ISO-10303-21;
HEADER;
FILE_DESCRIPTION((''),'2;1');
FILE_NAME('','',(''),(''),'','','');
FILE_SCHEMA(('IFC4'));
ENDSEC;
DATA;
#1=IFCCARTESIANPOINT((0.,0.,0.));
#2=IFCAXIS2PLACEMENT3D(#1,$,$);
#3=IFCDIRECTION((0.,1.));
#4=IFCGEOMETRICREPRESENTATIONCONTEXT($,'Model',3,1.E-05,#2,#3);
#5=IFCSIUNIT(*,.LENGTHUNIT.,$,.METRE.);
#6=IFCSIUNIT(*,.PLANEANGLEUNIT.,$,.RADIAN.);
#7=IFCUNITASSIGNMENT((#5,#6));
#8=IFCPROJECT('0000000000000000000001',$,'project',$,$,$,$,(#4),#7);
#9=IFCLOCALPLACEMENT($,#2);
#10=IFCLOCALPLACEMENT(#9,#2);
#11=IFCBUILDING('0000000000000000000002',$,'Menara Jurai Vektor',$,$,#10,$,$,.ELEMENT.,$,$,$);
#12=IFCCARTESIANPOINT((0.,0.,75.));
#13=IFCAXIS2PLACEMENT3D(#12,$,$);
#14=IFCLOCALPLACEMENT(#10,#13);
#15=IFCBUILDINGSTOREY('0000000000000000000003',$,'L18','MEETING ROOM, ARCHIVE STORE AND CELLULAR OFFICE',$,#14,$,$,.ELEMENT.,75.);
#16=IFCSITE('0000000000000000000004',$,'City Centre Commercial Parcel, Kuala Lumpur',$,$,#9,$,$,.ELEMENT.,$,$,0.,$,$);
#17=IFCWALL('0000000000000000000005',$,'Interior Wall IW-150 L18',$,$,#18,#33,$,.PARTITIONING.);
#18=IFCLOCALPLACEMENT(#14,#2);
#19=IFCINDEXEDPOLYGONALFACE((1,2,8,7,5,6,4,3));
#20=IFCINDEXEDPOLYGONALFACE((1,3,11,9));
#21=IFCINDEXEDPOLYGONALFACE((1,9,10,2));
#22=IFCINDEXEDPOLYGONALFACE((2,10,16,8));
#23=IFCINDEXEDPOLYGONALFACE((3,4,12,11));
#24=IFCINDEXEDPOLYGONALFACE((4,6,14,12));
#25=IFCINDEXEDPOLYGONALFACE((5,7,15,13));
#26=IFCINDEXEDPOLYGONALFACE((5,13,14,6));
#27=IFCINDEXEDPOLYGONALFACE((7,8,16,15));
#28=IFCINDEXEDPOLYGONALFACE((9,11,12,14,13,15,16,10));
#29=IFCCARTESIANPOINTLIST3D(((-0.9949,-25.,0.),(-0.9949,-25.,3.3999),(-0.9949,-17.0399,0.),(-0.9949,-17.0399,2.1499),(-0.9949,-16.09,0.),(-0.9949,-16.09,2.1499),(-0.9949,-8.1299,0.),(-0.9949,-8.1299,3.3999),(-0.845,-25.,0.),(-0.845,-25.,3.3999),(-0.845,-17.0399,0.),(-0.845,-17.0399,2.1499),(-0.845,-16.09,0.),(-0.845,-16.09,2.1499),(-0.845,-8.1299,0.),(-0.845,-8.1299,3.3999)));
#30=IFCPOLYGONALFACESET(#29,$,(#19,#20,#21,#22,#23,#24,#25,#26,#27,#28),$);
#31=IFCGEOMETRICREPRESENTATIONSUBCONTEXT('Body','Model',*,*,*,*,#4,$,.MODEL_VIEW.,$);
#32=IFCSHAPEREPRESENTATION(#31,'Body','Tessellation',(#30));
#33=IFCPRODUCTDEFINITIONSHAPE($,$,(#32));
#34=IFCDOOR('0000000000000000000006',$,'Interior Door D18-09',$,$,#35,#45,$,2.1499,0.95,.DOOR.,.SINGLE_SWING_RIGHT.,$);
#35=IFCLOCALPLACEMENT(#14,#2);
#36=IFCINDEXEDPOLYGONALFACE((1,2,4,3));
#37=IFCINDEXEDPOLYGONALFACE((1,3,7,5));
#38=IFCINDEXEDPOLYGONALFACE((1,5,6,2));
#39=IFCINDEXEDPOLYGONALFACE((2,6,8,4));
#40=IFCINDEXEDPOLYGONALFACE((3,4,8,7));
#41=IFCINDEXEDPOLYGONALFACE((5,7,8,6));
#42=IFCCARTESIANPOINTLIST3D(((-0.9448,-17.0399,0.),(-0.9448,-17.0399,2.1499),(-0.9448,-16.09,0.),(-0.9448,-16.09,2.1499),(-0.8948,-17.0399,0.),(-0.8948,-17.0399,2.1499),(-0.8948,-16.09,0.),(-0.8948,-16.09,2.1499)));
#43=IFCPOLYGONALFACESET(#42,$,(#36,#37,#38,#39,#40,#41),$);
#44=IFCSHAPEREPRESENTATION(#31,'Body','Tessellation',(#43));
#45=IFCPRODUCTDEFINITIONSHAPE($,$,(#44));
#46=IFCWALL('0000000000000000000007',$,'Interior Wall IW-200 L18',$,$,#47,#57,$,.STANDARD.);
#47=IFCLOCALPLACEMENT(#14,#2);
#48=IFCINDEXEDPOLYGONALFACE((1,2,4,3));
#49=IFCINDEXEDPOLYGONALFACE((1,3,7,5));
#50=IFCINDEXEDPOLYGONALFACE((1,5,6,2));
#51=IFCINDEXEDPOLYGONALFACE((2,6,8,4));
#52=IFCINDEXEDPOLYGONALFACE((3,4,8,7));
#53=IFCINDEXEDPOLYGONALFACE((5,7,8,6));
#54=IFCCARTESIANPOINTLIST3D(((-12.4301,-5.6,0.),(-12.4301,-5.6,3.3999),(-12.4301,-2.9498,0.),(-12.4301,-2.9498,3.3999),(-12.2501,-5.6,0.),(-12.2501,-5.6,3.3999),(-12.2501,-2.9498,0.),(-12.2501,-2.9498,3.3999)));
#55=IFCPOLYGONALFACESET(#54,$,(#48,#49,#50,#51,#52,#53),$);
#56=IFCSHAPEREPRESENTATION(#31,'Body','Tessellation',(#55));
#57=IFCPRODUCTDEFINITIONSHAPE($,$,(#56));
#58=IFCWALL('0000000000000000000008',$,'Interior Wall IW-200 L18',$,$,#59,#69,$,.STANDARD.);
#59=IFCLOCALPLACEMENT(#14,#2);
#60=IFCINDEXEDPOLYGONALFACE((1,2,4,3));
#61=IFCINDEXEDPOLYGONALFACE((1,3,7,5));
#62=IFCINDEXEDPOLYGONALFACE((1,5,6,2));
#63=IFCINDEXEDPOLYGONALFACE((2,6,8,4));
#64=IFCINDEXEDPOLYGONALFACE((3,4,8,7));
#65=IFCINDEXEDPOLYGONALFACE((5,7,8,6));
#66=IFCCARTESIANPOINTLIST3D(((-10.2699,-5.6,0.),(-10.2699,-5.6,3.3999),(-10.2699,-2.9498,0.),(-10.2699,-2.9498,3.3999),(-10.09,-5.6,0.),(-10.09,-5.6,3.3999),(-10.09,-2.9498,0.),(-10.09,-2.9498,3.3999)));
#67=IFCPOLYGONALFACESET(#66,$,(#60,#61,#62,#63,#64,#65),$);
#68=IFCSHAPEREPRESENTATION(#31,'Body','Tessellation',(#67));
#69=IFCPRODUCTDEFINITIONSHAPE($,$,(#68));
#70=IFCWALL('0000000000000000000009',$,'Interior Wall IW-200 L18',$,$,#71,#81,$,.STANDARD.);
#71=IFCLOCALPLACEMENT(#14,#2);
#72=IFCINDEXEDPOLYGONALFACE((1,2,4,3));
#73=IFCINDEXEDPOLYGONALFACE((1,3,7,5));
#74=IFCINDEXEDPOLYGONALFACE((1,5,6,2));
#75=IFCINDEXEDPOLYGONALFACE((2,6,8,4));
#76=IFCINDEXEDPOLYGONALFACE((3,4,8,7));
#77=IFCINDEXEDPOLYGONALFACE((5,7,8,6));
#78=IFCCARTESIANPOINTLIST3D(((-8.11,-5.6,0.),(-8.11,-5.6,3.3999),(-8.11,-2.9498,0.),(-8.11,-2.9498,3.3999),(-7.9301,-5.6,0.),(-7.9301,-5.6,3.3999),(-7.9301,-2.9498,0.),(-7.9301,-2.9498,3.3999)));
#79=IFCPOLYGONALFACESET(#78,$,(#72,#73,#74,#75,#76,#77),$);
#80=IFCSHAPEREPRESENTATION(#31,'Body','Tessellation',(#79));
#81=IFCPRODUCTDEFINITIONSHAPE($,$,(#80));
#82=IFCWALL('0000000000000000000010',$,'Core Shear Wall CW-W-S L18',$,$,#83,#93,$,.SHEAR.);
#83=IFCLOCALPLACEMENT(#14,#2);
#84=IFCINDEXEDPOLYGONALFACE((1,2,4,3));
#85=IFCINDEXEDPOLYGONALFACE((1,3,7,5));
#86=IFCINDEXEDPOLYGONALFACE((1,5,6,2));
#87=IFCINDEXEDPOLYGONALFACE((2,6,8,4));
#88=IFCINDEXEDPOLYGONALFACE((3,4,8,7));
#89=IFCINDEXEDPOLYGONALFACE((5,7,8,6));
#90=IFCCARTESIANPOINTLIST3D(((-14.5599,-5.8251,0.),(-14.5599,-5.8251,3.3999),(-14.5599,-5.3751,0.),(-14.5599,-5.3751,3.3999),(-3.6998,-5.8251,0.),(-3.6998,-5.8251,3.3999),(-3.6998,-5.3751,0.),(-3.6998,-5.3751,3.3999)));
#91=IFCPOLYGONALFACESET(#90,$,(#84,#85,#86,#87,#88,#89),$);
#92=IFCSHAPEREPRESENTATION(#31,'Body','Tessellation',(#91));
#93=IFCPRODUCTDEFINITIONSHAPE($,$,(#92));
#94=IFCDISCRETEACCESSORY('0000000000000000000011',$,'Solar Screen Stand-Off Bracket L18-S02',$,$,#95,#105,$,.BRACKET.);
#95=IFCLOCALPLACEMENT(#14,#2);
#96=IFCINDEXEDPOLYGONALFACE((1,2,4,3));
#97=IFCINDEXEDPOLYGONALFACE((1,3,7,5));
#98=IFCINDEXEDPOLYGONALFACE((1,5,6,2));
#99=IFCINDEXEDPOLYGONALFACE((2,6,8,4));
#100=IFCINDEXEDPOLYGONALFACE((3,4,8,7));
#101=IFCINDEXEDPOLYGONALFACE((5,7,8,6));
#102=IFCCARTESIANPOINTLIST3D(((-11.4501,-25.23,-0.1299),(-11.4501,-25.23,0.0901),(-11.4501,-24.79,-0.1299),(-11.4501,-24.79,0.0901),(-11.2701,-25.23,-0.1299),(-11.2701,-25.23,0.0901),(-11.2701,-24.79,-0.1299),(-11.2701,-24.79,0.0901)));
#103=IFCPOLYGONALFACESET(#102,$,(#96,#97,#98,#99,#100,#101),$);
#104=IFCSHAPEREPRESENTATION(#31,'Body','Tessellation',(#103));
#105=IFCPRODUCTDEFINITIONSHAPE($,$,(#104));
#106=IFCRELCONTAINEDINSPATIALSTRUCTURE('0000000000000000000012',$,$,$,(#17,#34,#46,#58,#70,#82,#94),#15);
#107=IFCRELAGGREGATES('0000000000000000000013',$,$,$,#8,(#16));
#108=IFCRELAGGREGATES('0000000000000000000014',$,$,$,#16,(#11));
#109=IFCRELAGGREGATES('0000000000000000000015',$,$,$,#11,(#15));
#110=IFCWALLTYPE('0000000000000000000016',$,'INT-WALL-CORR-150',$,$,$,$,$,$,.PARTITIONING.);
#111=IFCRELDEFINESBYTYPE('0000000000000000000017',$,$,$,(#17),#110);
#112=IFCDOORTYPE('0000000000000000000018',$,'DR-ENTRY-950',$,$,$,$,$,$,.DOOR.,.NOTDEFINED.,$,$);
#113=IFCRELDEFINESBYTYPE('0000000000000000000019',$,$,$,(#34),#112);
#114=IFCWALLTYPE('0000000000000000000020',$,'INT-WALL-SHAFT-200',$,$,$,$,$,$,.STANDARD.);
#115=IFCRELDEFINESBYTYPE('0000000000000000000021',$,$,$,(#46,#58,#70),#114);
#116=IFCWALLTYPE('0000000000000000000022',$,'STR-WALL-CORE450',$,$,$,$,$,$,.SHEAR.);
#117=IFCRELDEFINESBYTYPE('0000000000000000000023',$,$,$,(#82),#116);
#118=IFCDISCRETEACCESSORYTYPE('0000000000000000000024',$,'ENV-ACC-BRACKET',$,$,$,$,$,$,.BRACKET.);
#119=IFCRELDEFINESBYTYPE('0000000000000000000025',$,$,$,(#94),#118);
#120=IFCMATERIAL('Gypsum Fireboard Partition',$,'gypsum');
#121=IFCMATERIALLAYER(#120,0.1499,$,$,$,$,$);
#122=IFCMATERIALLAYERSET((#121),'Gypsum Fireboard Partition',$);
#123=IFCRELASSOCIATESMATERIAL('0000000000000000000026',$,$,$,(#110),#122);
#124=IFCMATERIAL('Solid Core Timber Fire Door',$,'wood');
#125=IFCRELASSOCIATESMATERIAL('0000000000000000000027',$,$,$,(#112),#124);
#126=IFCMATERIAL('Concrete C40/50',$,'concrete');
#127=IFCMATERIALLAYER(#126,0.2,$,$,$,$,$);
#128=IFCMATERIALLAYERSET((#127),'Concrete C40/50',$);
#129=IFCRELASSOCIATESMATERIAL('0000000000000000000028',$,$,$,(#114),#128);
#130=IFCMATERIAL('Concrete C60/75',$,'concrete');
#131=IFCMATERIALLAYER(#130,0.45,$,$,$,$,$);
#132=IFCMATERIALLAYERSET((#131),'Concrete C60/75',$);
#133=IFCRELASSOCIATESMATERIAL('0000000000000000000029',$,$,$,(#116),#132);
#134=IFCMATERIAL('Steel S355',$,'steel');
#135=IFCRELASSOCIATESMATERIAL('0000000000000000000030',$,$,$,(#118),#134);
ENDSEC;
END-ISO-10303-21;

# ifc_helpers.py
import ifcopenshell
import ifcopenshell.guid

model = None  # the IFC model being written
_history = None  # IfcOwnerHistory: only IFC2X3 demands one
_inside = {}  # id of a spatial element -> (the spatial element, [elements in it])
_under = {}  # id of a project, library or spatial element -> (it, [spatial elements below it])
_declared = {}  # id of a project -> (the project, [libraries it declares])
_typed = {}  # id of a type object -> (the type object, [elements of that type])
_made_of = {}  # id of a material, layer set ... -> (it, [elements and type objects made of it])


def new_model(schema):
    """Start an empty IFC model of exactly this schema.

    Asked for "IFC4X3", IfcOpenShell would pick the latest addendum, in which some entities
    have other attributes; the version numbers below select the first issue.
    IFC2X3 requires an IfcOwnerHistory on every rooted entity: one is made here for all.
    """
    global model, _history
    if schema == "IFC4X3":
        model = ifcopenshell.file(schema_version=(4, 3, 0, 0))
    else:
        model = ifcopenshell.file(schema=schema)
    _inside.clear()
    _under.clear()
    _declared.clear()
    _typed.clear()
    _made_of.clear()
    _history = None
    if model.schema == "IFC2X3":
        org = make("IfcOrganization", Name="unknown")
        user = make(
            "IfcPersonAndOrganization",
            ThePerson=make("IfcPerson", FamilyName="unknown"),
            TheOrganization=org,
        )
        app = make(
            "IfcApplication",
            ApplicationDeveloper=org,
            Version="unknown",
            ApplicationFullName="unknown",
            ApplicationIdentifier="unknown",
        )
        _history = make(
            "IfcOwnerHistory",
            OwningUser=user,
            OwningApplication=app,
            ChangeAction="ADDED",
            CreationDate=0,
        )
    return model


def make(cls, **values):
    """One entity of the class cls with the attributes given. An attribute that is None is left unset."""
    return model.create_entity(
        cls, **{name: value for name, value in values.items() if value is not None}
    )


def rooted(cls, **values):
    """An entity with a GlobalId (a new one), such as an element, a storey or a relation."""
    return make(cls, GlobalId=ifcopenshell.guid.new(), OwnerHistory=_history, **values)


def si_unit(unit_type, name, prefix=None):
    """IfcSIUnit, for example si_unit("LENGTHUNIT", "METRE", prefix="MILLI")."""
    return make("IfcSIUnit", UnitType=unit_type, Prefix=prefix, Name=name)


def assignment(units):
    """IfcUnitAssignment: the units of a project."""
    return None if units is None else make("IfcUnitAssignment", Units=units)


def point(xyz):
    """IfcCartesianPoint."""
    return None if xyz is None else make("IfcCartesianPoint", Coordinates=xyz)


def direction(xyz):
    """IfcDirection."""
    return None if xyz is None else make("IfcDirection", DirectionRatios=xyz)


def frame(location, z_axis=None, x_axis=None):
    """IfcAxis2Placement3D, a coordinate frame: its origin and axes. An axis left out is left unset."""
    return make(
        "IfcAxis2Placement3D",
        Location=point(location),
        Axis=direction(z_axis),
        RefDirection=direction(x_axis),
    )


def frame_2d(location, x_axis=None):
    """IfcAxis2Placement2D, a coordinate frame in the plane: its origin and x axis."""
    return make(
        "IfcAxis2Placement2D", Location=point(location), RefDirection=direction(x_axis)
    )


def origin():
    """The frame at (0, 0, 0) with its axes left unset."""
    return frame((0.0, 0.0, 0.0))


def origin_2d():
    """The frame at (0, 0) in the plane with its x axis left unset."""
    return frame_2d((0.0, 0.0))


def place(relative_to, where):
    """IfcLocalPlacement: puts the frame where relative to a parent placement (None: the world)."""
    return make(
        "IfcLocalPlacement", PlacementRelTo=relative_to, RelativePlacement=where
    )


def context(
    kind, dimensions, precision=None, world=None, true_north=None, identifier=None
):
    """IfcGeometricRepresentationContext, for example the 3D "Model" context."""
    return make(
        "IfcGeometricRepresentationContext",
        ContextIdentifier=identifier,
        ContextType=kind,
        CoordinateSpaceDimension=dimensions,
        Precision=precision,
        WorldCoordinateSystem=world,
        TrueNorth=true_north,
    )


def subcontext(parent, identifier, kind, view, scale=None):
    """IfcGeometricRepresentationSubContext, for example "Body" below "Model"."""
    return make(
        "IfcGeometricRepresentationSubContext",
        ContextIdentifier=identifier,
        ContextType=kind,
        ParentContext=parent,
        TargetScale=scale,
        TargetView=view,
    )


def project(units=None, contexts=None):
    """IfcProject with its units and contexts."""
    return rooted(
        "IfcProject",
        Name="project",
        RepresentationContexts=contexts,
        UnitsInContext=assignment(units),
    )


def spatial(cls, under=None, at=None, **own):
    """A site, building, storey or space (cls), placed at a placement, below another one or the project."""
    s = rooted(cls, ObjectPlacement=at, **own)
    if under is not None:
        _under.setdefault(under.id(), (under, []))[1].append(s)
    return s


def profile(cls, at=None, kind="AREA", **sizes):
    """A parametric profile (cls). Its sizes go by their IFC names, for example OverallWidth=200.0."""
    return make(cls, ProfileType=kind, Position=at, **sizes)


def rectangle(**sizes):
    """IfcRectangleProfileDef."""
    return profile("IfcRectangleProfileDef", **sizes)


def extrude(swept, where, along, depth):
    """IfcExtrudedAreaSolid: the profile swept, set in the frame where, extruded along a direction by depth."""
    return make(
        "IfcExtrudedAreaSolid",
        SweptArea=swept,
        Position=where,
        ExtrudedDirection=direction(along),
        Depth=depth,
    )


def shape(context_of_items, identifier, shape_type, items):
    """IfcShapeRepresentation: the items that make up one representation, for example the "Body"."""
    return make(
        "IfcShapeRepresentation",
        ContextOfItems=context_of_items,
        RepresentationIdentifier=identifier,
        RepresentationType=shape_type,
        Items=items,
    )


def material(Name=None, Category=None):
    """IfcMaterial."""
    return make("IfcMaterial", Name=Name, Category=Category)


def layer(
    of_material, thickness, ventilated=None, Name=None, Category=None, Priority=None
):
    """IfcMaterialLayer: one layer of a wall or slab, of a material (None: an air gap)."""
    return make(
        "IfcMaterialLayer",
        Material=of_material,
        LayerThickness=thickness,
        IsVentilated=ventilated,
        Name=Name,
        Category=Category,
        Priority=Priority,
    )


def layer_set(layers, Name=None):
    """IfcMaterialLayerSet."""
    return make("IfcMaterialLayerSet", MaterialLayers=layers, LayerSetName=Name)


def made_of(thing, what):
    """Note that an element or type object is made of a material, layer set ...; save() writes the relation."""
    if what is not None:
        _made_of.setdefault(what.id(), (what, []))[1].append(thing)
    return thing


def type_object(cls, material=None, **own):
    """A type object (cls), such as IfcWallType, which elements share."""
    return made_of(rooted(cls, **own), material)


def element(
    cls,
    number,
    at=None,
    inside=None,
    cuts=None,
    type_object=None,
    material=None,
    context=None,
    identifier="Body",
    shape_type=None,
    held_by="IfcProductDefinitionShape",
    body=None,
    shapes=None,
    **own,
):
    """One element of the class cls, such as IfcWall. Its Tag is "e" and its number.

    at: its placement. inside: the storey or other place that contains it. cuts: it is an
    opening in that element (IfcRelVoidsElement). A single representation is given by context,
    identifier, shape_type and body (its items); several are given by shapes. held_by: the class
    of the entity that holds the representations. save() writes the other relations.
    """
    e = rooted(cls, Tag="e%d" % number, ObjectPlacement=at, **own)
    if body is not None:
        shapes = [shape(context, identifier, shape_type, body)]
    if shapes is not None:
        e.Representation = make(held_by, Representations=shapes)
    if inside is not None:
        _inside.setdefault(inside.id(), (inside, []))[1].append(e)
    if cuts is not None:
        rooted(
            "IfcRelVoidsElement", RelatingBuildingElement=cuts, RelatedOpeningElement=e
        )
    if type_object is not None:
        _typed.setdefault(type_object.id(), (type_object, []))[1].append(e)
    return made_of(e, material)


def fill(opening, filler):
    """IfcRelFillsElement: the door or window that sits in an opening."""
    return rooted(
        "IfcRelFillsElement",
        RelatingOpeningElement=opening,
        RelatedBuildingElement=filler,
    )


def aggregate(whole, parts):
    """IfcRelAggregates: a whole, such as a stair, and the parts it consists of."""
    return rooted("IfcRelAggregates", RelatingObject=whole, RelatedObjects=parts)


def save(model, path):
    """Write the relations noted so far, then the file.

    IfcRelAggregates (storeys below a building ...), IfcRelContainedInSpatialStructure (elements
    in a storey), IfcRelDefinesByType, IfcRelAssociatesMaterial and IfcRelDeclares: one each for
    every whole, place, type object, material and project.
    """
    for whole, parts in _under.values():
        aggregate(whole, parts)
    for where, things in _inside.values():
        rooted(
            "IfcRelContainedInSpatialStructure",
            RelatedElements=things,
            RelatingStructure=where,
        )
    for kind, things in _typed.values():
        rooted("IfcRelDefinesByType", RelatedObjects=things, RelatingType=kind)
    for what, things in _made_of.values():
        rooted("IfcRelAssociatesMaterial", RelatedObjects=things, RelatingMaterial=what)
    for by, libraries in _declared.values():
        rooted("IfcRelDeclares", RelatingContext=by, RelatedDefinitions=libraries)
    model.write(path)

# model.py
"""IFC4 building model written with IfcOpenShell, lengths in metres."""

from ifc_helpers import new_model, si_unit, direction, frame, frame_2d, origin, origin_2d, place, context, subcontext, project, spatial, rectangle, extrude, material, layer, layer_set, type_object, element, fill, save


model = new_model("IFC4")

# Units and contexts
model_context = context("Model", 3, precision=1e-05, world=origin(), true_north=direction((0.0, 1.0)))
body_context = subcontext(model_context, "Body", "Model", "MODEL_VIEW")
ifc_project = project(units=[si_unit("LENGTHUNIT", "METRE"), si_unit("PLANEANGLEUNIT", "RADIAN")], contexts=[model_context])

# Site, building, storey
site_placement = place(None, origin())
site = spatial("IfcSite", under=ifc_project, at=site_placement, Name="City Centre Commercial Parcel, Kuala Lumpur", CompositionType="ELEMENT", RefElevation=0.0)
building_placement = place(site_placement, origin())
building = spatial("IfcBuilding", under=site, at=building_placement, Name="Menara Jurai Vektor", CompositionType="ELEMENT")
storey_placement = place(building_placement, frame((0.0, 0.0, 75.0)))
storey = spatial("IfcBuildingStorey", under=building, at=storey_placement, Name="L18", Description="MEETING ROOM, ARCHIVE STORE AND CELLULAR OFFICE", CompositionType="ELEMENT", Elevation=75.0)

# Shared definitions
ifc_material_1 = material(Name="Concrete C60/75", Category="concrete")

# Shared definitions
ifc_material_2 = material(Name="Steel S355", Category="steel")

# Shared definitions
ifc_material_3 = material(Name="Gypsum Fireboard Partition", Category="gypsum")
ifc_layer_1 = layer(ifc_material_3, 0.1499)
ifc_layer_set_1 = layer_set([ifc_layer_1], Name="Gypsum Fireboard Partition")
wall_type_1 = type_object("IfcWallType", Name="INT-WALL-CORR-150", PredefinedType="PARTITIONING", material=ifc_layer_set_1)

# Wall, opening, door
wall_1_placement = place(storey_placement, frame((-0.9199, -25.0, 0.0), z_axis=(0.0, 0.0, 1.0), x_axis=(0.0, 1.0, 0.0)))
wall_1 = element("IfcWall", 1, at=wall_1_placement, inside=storey, type_object=wall_type_1, Name="Interior Wall IW-150 L18", PredefinedType="PARTITIONING", context=body_context, shape_type="SweptSolid", body=[
    extrude(rectangle(XDim=16.8701, YDim=0.1499, at=frame_2d((8.4351, 0.0))), origin(), (0.0, 0.0, 1.0), 3.3999),
])
opening_1_placement = place(wall_1_placement, frame((7.96, 0.0, 0.0)))
opening_1 = element("IfcOpeningElement", 2, at=opening_1_placement, cuts=wall_1, PredefinedType="OPENING", context=body_context, shape_type="SweptSolid", body=[
    extrude(rectangle(XDim=0.95, YDim=2.1499, at=frame_2d((0.4751, 1.075))), frame((0.0, 0.085, 0.0), z_axis=(0.0, -1.0, 0.0), x_axis=(1.0, 0.0, 0.0)), (0.0, 0.0, 1.0), 0.1699),
])
ifc_material_4 = material(Name="Solid Core Timber Fire Door", Category="wood")
door_type = type_object("IfcDoorType", Name="DR-ENTRY-950", OperationType="NOTDEFINED", PredefinedType="DOOR", material=ifc_material_4)
door_1_placement = place(opening_1_placement, origin())
door_1 = element("IfcDoor", 3, at=door_1_placement, inside=storey, type_object=door_type, Name="Interior Door D18-09", OperationType="SINGLE_SWING_RIGHT", OverallHeight=2.1499, OverallWidth=0.95, PredefinedType="DOOR", context=body_context, shape_type="SweptSolid", body=[
    extrude(rectangle(XDim=0.95, YDim=2.1499, at=frame_2d((0.4751, 1.075))), frame((0.0, 0.0249, 0.0), z_axis=(0.0, -1.0, 0.0), x_axis=(1.0, 0.0, 0.0)), (0.0, 0.0, 1.0), 0.05),
])
fill(opening_1, door_1)

# Walls
ifc_material_5 = material(Name="Concrete C40/50", Category="concrete")
ifc_layer_2 = layer(ifc_material_5, 0.2)
ifc_layer_set_2 = layer_set([ifc_layer_2], Name="Concrete C40/50")
wall_type_2 = type_object("IfcWallType", Name="INT-WALL-SHAFT-200", PredefinedType="STANDARD", material=ifc_layer_set_2)
for number, where, z_axis, x_axis, name in (
    (4, (-12.3401, -5.6001, 0.0), (0.0, 0.0, 1.0), (0.0, 1.0, 0.0), "Interior Wall IW-200 L18"),
    (5, (-10.1799, -5.6001, 0.0), (0.0, 0.0, 1.0), (0.0, 1.0, 0.0), "Interior Wall IW-200 L18"),
    (6, (-8.02, -5.6001, 0.0), (0.0, 0.0, 1.0), (0.0, 1.0, 0.0), "Interior Wall IW-200 L18"),
):
    element("IfcWall", number, at=place(storey_placement, frame(where, z_axis=z_axis, x_axis=x_axis)), inside=storey, type_object=wall_type_2, Name=name, PredefinedType="STANDARD", context=body_context, shape_type="SweptSolid", body=[
        extrude(rectangle(XDim=2.6501, YDim=0.1799, at=frame_2d((1.3252, 0.0))), origin(), (0.0, 0.0, 1.0), 3.3999),
    ])
ifc_layer_3 = layer(ifc_material_1, 0.45)
ifc_layer_set_3 = layer_set([ifc_layer_3], Name="Concrete C60/75")
wall_type_3 = type_object("IfcWallType", Name="STR-WALL-CORE450", PredefinedType="SHEAR", material=ifc_layer_set_3)
wall_2_placement = place(storey_placement, frame((-14.5601, -5.6001, 0.0), z_axis=(0.0, 0.0, 1.0), x_axis=(1.0, 0.0, 0.0)))
element("IfcWall", 7, at=wall_2_placement, inside=storey, type_object=wall_type_3, Name="Core Shear Wall CW-W-S L18", PredefinedType="SHEAR", context=body_context, shape_type="SweptSolid", body=[
    extrude(rectangle(XDim=10.8601, YDim=0.45, at=frame_2d((5.4302, 0.0))), origin(), (0.0, 0.0, 1.0), 3.3999),
])

# Discrete accessory
discrete_accessory_type = type_object("IfcDiscreteAccessoryType", Name="ENV-ACC-BRACKET", PredefinedType="BRACKET", material=ifc_material_2)
discrete_accessory_placement = place(storey_placement, frame((-11.3601, -25.01, -0.1299), z_axis=(0.0, 0.0, 1.0), x_axis=(1.0, 0.0, 0.0)))
element("IfcDiscreteAccessory", 8, at=discrete_accessory_placement, inside=storey, type_object=discrete_accessory_type, Name="Solar Screen Stand-Off Bracket L18-S02", PredefinedType="BRACKET", context=body_context, shape_type="SweptSolid", body=[
    extrude(rectangle(XDim=0.1799, YDim=0.4399, at=origin_2d()), origin(), (0.0, 0.0, 1.0), 0.22),
])

save(model, "model.ifc")
